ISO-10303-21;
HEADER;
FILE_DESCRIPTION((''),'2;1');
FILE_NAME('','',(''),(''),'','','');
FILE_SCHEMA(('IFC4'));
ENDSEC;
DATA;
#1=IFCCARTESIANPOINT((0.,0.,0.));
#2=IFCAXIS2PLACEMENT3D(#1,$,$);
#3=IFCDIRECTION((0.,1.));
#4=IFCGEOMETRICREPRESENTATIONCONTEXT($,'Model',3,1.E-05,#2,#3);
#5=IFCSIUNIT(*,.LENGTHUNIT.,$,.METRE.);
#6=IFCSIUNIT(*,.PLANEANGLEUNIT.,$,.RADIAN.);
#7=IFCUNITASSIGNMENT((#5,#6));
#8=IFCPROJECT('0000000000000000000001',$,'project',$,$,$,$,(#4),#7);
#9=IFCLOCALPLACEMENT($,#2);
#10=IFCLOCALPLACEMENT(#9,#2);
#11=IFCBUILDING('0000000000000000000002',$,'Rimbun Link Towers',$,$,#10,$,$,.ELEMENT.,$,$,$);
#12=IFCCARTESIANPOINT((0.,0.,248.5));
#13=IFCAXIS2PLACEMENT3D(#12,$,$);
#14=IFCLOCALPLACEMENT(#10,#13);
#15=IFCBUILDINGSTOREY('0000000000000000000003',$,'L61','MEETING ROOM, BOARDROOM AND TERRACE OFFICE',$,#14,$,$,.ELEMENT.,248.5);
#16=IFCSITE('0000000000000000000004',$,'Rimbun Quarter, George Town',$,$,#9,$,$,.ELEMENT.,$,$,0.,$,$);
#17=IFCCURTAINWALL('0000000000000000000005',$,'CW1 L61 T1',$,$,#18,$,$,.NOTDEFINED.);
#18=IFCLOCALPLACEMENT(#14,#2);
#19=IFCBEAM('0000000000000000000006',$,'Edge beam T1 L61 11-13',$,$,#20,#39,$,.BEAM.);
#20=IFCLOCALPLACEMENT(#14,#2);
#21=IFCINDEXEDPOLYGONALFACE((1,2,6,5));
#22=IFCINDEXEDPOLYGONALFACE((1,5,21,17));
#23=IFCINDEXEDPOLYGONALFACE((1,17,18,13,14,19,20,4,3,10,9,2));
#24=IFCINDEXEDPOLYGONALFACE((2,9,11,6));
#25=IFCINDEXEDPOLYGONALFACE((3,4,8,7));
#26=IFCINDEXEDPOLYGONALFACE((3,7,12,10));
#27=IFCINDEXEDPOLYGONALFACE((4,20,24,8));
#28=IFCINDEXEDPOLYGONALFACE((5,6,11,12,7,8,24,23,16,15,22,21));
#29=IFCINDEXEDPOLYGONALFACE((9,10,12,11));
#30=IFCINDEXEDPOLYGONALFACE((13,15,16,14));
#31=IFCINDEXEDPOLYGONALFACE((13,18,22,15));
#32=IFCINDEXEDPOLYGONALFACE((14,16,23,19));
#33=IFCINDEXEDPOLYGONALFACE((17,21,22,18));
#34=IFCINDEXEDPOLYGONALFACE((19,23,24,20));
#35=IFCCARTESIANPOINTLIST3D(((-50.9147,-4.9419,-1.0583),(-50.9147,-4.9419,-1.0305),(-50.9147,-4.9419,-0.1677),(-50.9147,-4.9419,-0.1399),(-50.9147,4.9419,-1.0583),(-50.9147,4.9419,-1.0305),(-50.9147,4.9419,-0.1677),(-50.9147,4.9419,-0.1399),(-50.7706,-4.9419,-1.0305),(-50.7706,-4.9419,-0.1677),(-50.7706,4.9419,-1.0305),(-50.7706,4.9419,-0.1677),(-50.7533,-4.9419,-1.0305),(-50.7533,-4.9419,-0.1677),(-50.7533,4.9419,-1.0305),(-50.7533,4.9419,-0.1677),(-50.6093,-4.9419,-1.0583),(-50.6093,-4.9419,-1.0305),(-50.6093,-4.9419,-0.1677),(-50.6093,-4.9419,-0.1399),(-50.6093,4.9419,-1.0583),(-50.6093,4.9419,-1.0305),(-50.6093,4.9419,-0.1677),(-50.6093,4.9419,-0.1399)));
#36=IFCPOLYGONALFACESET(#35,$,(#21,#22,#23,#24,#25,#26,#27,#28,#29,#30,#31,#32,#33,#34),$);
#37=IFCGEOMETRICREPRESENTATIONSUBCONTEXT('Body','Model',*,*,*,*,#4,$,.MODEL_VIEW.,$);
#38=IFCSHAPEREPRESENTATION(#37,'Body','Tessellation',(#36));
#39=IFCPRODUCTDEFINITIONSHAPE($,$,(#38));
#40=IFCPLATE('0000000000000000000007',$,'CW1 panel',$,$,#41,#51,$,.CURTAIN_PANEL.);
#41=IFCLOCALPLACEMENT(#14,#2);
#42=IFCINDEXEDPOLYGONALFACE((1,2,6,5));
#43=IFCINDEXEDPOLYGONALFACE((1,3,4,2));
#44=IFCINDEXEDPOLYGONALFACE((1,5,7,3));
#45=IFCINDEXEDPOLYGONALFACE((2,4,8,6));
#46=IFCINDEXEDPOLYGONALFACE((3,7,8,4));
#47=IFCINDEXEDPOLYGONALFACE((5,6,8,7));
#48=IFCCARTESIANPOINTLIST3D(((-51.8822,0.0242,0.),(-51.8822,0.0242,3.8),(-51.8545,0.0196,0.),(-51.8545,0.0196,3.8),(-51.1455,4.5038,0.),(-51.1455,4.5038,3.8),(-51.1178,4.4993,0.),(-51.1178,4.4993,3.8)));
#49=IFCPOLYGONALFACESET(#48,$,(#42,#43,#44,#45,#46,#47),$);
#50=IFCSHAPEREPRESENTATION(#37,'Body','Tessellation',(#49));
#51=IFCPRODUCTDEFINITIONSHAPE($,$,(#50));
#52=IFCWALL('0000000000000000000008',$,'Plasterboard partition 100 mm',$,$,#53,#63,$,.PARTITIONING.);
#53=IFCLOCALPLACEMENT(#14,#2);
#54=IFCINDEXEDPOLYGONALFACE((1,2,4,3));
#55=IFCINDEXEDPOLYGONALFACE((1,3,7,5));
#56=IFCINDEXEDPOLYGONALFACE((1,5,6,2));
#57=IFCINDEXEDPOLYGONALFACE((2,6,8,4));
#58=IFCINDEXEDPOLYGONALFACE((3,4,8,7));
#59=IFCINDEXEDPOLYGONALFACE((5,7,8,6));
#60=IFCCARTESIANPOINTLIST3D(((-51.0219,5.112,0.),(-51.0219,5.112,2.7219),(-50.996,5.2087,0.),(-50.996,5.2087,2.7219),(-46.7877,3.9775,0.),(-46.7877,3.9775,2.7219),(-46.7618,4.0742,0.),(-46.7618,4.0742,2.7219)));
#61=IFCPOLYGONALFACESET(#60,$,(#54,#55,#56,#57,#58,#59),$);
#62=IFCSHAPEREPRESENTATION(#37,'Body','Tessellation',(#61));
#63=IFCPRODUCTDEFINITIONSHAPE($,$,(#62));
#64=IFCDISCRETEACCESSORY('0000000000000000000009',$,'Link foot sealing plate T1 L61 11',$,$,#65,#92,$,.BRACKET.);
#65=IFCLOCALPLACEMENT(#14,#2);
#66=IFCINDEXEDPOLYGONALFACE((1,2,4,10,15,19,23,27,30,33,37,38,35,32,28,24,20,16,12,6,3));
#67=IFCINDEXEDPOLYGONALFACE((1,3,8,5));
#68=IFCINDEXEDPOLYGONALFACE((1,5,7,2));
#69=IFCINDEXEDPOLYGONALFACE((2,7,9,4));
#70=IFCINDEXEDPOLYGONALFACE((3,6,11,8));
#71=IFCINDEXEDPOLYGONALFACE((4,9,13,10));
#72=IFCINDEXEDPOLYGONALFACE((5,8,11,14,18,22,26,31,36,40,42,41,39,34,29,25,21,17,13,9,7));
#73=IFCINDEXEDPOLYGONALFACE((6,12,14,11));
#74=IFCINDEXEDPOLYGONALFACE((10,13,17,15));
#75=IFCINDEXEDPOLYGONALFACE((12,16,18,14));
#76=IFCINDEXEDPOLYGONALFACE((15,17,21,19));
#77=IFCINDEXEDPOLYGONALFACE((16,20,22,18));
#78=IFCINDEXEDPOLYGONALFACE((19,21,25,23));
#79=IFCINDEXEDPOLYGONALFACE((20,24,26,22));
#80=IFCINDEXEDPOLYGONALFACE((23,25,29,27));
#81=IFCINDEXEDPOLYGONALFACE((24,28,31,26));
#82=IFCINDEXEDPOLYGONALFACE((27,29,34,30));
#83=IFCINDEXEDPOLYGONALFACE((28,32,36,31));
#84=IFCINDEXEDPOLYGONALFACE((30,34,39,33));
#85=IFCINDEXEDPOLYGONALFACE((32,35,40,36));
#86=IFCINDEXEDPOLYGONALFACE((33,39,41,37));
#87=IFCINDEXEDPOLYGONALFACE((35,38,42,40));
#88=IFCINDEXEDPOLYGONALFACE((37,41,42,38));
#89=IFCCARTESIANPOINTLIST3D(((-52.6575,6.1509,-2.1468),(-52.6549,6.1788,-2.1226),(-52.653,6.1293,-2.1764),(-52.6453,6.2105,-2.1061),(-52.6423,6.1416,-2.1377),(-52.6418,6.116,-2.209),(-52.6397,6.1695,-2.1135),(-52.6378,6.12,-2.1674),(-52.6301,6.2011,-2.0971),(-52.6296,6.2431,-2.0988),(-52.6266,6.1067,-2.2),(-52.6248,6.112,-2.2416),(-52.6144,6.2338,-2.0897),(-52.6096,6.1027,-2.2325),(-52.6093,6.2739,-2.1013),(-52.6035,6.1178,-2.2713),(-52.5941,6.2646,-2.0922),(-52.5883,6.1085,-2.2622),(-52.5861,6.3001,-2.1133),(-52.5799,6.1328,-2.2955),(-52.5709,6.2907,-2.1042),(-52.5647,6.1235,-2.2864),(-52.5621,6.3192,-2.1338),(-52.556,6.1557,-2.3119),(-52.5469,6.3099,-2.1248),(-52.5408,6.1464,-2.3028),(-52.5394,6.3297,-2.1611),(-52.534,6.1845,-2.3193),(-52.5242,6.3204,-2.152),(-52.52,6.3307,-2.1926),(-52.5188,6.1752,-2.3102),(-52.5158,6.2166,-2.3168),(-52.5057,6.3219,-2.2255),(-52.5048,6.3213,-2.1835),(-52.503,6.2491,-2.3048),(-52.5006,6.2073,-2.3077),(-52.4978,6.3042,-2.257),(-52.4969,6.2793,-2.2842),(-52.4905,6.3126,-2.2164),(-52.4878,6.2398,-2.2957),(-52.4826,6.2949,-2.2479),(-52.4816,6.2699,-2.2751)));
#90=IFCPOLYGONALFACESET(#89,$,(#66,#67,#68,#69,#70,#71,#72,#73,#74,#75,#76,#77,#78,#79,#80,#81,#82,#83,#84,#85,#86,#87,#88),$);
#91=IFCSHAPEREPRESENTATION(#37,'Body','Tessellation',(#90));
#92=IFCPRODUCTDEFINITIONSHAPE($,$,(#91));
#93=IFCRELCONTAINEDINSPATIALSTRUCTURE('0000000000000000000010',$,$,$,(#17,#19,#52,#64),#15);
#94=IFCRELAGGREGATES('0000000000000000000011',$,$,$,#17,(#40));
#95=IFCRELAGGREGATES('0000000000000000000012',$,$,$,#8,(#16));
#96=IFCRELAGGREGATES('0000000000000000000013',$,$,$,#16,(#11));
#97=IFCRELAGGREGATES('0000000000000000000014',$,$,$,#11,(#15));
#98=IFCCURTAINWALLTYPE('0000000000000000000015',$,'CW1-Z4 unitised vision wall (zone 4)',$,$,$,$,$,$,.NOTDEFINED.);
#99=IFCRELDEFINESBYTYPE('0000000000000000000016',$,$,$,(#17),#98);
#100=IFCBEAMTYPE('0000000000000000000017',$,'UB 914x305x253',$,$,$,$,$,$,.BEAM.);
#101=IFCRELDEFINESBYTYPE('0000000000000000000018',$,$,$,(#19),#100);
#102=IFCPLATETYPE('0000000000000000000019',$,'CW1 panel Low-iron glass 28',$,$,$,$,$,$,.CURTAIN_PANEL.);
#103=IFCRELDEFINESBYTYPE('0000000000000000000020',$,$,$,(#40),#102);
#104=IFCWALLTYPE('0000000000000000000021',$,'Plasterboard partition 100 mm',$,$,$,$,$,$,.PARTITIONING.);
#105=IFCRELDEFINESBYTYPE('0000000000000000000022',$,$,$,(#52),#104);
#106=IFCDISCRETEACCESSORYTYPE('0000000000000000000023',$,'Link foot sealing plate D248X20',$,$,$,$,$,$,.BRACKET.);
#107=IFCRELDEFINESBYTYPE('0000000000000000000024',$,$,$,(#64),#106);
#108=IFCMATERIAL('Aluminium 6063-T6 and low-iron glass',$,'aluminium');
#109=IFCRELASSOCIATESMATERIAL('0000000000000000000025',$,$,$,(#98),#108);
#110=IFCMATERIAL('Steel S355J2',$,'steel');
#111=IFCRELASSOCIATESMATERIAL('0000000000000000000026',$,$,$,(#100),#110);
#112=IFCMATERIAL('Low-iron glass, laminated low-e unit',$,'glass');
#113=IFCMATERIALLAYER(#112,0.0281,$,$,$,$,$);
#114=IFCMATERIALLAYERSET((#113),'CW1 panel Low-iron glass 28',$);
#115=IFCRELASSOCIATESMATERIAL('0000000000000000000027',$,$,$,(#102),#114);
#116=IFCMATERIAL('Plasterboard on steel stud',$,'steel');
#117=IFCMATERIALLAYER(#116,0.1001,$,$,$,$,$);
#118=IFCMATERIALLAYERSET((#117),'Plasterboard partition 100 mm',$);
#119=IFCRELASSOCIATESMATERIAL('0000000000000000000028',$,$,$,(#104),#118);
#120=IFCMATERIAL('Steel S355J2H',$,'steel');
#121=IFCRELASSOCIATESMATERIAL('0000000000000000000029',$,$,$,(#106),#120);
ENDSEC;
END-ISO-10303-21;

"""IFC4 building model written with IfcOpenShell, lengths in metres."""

from ifc_helpers import new_model, si_unit, direction, frame, frame_2d, origin, origin_2d, place, context, subcontext, project, spatial, rectangle, circle, i_section, extrude, material, layer, layer_set, material_profile, profile_set, type_object, element, aggregate, save


model = new_model("IFC4")

# Units and contexts
model_context = context("Model", 3, precision=1e-05, world=origin(), true_north=direction((0.0, 1.0)))
body_context = subcontext(model_context, "Body", "Model", "MODEL_VIEW")
ifc_project = project(units=[si_unit("LENGTHUNIT", "METRE"), si_unit("PLANEANGLEUNIT", "RADIAN")], contexts=[model_context])

# Site, building, storey
site_placement = place(None, origin())
site = spatial("IfcSite", under=ifc_project, at=site_placement, Name="Rimbun Quarter, George Town", CompositionType="ELEMENT", RefElevation=0.0)
building_placement = place(site_placement, origin())
building = spatial("IfcBuilding", under=site, at=building_placement, Name="Rimbun Link Towers", CompositionType="ELEMENT")
storey_placement = place(building_placement, frame((0.0, 0.0, 248.5)))
storey = spatial("IfcBuildingStorey", under=building, at=storey_placement, Name="L61", Description="MEETING ROOM, BOARDROOM AND TERRACE OFFICE", CompositionType="ELEMENT", Elevation=248.5)

# Curtain wall
ifc_material_1 = material(Name="Aluminium 6063-T6 and low-iron glass", Category="aluminium")
curtain_wall_type = type_object("IfcCurtainWallType", Name="CW1-Z4 unitised vision wall (zone 4)", PredefinedType="NOTDEFINED", material=ifc_material_1)
curtain_wall_placement = place(storey_placement, origin())
curtain_wall = element("IfcCurtainWall", 1, at=curtain_wall_placement, inside=storey, type_object=curtain_wall_type, Name="CW1 L61 T1", PredefinedType="NOTDEFINED")

# Beam
ifc_material_2 = material(Name="Steel S355J2", Category="steel")
ifc_material_profile_1 = material_profile(ifc_material_2, i_section(OverallWidth=0.3054, OverallDepth=0.9185, WebThickness=0.0173, FlangeThickness=0.0278, at=origin_2d()), Name="UB 914x305x253")
ifc_profile_set_1 = profile_set([ifc_material_profile_1], Name="Steel S355J2")
beam_type_1 = type_object("IfcBeamType", Name="UB 914x305x253", PredefinedType="BEAM", material=ifc_profile_set_1)
beam_1_placement = place(storey_placement, frame((-50.762, 4.9419, -0.5991), z_axis=(0.0, -1.0, 0.0), x_axis=(1.0, 0.0, 0.0)))
element("IfcBeam", 2, at=beam_1_placement, inside=storey, type_object=beam_type_1, Name="Edge beam T1 L61 11-13", PredefinedType="BEAM", context=body_context, shape_type="SweptSolid", body=[
    extrude(i_section(OverallWidth=0.3054, OverallDepth=0.9185, WebThickness=0.0173, FlangeThickness=0.0278, at=origin_2d()), origin(), (0.0, 0.0, 1.0), 9.8838),
])

# Plate
ifc_material_3 = material(Name="Low-iron glass, laminated low-e unit", Category="glass")
ifc_layer_1 = layer(ifc_material_3, 0.0281)
ifc_layer_set_1 = layer_set([ifc_layer_1], Name="CW1 panel Low-iron glass 28")
plate_type = type_object("IfcPlateType", Name="CW1 panel Low-iron glass 28", PredefinedType="CURTAIN_PANEL", material=ifc_layer_set_1)
plate_placement = place(storey_placement, frame((-51.5, 2.2617, 0.0), z_axis=(0.0, 0.0, 1.0), x_axis=(0.162262, 0.986748, 0.0)))
plate = element("IfcPlate", 3, at=plate_placement, type_object=plate_type, Name="CW1 panel", PredefinedType="CURTAIN_PANEL", context=body_context, shape_type="SweptSolid", body=[
    extrude(rectangle(XDim=4.5398, YDim=0.0281, at=origin_2d()), origin(), (0.0, 0.0, 1.0), 3.8),
])
aggregate(curtain_wall, [plate])

# Wall
ifc_material_4 = material(Name="Plasterboard on steel stud", Category="steel")
ifc_layer_2 = layer(ifc_material_4, 0.1001)
ifc_layer_set_2 = layer_set([ifc_layer_2], Name="Plasterboard partition 100 mm")
wall_type = type_object("IfcWallType", Name="Plasterboard partition 100 mm", PredefinedType="PARTITIONING", material=ifc_layer_set_2)
wall_placement = place(storey_placement, frame((-51.009, 5.1604, 0.0), z_axis=(0.0, 0.0, 1.0), x_axis=(0.965926, -0.258817, 0.0)))
element("IfcWall", 4, at=wall_placement, inside=storey, type_object=wall_type, Name="Plasterboard partition 100 mm", PredefinedType="PARTITIONING", context=body_context, shape_type="SweptSolid", body=[
    extrude(rectangle(XDim=4.3835, YDim=0.1001, at=frame_2d((2.1919, 0.0))), origin(), (0.0, 0.0, 1.0), 2.7219),
])

# Discrete accessory
ifc_material_5 = material(Name="Steel S355J2H", Category="steel")
ifc_material_profile_2 = material_profile(ifc_material_5, circle(Radius=0.124, at=origin_2d()), Name="PL D248")
ifc_profile_set_2 = profile_set([ifc_material_profile_2], Name="Steel S355J2H")
discrete_accessory_type = type_object("IfcDiscreteAccessoryType", Name="Link foot sealing plate D248X20", PredefinedType="BRACKET", material=ifc_profile_set_2)
discrete_accessory_placement = place(storey_placement, frame((-52.5618, 6.2124, -2.2), z_axis=(-0.759893, 0.465741, -0.453484), x_axis=(-0.522562, -0.852601, 0.0)))
element("IfcDiscreteAccessory", 5, at=discrete_accessory_placement, inside=storey, type_object=discrete_accessory_type, Name="Link foot sealing plate T1 L61 11", PredefinedType="BRACKET", context=body_context, shape_type="SweptSolid", body=[
    extrude(circle(Radius=0.124, at=origin_2d()), origin(), (0.0, 0.0, 1.0), 0.02),
])

save(model, "model.ifc")
